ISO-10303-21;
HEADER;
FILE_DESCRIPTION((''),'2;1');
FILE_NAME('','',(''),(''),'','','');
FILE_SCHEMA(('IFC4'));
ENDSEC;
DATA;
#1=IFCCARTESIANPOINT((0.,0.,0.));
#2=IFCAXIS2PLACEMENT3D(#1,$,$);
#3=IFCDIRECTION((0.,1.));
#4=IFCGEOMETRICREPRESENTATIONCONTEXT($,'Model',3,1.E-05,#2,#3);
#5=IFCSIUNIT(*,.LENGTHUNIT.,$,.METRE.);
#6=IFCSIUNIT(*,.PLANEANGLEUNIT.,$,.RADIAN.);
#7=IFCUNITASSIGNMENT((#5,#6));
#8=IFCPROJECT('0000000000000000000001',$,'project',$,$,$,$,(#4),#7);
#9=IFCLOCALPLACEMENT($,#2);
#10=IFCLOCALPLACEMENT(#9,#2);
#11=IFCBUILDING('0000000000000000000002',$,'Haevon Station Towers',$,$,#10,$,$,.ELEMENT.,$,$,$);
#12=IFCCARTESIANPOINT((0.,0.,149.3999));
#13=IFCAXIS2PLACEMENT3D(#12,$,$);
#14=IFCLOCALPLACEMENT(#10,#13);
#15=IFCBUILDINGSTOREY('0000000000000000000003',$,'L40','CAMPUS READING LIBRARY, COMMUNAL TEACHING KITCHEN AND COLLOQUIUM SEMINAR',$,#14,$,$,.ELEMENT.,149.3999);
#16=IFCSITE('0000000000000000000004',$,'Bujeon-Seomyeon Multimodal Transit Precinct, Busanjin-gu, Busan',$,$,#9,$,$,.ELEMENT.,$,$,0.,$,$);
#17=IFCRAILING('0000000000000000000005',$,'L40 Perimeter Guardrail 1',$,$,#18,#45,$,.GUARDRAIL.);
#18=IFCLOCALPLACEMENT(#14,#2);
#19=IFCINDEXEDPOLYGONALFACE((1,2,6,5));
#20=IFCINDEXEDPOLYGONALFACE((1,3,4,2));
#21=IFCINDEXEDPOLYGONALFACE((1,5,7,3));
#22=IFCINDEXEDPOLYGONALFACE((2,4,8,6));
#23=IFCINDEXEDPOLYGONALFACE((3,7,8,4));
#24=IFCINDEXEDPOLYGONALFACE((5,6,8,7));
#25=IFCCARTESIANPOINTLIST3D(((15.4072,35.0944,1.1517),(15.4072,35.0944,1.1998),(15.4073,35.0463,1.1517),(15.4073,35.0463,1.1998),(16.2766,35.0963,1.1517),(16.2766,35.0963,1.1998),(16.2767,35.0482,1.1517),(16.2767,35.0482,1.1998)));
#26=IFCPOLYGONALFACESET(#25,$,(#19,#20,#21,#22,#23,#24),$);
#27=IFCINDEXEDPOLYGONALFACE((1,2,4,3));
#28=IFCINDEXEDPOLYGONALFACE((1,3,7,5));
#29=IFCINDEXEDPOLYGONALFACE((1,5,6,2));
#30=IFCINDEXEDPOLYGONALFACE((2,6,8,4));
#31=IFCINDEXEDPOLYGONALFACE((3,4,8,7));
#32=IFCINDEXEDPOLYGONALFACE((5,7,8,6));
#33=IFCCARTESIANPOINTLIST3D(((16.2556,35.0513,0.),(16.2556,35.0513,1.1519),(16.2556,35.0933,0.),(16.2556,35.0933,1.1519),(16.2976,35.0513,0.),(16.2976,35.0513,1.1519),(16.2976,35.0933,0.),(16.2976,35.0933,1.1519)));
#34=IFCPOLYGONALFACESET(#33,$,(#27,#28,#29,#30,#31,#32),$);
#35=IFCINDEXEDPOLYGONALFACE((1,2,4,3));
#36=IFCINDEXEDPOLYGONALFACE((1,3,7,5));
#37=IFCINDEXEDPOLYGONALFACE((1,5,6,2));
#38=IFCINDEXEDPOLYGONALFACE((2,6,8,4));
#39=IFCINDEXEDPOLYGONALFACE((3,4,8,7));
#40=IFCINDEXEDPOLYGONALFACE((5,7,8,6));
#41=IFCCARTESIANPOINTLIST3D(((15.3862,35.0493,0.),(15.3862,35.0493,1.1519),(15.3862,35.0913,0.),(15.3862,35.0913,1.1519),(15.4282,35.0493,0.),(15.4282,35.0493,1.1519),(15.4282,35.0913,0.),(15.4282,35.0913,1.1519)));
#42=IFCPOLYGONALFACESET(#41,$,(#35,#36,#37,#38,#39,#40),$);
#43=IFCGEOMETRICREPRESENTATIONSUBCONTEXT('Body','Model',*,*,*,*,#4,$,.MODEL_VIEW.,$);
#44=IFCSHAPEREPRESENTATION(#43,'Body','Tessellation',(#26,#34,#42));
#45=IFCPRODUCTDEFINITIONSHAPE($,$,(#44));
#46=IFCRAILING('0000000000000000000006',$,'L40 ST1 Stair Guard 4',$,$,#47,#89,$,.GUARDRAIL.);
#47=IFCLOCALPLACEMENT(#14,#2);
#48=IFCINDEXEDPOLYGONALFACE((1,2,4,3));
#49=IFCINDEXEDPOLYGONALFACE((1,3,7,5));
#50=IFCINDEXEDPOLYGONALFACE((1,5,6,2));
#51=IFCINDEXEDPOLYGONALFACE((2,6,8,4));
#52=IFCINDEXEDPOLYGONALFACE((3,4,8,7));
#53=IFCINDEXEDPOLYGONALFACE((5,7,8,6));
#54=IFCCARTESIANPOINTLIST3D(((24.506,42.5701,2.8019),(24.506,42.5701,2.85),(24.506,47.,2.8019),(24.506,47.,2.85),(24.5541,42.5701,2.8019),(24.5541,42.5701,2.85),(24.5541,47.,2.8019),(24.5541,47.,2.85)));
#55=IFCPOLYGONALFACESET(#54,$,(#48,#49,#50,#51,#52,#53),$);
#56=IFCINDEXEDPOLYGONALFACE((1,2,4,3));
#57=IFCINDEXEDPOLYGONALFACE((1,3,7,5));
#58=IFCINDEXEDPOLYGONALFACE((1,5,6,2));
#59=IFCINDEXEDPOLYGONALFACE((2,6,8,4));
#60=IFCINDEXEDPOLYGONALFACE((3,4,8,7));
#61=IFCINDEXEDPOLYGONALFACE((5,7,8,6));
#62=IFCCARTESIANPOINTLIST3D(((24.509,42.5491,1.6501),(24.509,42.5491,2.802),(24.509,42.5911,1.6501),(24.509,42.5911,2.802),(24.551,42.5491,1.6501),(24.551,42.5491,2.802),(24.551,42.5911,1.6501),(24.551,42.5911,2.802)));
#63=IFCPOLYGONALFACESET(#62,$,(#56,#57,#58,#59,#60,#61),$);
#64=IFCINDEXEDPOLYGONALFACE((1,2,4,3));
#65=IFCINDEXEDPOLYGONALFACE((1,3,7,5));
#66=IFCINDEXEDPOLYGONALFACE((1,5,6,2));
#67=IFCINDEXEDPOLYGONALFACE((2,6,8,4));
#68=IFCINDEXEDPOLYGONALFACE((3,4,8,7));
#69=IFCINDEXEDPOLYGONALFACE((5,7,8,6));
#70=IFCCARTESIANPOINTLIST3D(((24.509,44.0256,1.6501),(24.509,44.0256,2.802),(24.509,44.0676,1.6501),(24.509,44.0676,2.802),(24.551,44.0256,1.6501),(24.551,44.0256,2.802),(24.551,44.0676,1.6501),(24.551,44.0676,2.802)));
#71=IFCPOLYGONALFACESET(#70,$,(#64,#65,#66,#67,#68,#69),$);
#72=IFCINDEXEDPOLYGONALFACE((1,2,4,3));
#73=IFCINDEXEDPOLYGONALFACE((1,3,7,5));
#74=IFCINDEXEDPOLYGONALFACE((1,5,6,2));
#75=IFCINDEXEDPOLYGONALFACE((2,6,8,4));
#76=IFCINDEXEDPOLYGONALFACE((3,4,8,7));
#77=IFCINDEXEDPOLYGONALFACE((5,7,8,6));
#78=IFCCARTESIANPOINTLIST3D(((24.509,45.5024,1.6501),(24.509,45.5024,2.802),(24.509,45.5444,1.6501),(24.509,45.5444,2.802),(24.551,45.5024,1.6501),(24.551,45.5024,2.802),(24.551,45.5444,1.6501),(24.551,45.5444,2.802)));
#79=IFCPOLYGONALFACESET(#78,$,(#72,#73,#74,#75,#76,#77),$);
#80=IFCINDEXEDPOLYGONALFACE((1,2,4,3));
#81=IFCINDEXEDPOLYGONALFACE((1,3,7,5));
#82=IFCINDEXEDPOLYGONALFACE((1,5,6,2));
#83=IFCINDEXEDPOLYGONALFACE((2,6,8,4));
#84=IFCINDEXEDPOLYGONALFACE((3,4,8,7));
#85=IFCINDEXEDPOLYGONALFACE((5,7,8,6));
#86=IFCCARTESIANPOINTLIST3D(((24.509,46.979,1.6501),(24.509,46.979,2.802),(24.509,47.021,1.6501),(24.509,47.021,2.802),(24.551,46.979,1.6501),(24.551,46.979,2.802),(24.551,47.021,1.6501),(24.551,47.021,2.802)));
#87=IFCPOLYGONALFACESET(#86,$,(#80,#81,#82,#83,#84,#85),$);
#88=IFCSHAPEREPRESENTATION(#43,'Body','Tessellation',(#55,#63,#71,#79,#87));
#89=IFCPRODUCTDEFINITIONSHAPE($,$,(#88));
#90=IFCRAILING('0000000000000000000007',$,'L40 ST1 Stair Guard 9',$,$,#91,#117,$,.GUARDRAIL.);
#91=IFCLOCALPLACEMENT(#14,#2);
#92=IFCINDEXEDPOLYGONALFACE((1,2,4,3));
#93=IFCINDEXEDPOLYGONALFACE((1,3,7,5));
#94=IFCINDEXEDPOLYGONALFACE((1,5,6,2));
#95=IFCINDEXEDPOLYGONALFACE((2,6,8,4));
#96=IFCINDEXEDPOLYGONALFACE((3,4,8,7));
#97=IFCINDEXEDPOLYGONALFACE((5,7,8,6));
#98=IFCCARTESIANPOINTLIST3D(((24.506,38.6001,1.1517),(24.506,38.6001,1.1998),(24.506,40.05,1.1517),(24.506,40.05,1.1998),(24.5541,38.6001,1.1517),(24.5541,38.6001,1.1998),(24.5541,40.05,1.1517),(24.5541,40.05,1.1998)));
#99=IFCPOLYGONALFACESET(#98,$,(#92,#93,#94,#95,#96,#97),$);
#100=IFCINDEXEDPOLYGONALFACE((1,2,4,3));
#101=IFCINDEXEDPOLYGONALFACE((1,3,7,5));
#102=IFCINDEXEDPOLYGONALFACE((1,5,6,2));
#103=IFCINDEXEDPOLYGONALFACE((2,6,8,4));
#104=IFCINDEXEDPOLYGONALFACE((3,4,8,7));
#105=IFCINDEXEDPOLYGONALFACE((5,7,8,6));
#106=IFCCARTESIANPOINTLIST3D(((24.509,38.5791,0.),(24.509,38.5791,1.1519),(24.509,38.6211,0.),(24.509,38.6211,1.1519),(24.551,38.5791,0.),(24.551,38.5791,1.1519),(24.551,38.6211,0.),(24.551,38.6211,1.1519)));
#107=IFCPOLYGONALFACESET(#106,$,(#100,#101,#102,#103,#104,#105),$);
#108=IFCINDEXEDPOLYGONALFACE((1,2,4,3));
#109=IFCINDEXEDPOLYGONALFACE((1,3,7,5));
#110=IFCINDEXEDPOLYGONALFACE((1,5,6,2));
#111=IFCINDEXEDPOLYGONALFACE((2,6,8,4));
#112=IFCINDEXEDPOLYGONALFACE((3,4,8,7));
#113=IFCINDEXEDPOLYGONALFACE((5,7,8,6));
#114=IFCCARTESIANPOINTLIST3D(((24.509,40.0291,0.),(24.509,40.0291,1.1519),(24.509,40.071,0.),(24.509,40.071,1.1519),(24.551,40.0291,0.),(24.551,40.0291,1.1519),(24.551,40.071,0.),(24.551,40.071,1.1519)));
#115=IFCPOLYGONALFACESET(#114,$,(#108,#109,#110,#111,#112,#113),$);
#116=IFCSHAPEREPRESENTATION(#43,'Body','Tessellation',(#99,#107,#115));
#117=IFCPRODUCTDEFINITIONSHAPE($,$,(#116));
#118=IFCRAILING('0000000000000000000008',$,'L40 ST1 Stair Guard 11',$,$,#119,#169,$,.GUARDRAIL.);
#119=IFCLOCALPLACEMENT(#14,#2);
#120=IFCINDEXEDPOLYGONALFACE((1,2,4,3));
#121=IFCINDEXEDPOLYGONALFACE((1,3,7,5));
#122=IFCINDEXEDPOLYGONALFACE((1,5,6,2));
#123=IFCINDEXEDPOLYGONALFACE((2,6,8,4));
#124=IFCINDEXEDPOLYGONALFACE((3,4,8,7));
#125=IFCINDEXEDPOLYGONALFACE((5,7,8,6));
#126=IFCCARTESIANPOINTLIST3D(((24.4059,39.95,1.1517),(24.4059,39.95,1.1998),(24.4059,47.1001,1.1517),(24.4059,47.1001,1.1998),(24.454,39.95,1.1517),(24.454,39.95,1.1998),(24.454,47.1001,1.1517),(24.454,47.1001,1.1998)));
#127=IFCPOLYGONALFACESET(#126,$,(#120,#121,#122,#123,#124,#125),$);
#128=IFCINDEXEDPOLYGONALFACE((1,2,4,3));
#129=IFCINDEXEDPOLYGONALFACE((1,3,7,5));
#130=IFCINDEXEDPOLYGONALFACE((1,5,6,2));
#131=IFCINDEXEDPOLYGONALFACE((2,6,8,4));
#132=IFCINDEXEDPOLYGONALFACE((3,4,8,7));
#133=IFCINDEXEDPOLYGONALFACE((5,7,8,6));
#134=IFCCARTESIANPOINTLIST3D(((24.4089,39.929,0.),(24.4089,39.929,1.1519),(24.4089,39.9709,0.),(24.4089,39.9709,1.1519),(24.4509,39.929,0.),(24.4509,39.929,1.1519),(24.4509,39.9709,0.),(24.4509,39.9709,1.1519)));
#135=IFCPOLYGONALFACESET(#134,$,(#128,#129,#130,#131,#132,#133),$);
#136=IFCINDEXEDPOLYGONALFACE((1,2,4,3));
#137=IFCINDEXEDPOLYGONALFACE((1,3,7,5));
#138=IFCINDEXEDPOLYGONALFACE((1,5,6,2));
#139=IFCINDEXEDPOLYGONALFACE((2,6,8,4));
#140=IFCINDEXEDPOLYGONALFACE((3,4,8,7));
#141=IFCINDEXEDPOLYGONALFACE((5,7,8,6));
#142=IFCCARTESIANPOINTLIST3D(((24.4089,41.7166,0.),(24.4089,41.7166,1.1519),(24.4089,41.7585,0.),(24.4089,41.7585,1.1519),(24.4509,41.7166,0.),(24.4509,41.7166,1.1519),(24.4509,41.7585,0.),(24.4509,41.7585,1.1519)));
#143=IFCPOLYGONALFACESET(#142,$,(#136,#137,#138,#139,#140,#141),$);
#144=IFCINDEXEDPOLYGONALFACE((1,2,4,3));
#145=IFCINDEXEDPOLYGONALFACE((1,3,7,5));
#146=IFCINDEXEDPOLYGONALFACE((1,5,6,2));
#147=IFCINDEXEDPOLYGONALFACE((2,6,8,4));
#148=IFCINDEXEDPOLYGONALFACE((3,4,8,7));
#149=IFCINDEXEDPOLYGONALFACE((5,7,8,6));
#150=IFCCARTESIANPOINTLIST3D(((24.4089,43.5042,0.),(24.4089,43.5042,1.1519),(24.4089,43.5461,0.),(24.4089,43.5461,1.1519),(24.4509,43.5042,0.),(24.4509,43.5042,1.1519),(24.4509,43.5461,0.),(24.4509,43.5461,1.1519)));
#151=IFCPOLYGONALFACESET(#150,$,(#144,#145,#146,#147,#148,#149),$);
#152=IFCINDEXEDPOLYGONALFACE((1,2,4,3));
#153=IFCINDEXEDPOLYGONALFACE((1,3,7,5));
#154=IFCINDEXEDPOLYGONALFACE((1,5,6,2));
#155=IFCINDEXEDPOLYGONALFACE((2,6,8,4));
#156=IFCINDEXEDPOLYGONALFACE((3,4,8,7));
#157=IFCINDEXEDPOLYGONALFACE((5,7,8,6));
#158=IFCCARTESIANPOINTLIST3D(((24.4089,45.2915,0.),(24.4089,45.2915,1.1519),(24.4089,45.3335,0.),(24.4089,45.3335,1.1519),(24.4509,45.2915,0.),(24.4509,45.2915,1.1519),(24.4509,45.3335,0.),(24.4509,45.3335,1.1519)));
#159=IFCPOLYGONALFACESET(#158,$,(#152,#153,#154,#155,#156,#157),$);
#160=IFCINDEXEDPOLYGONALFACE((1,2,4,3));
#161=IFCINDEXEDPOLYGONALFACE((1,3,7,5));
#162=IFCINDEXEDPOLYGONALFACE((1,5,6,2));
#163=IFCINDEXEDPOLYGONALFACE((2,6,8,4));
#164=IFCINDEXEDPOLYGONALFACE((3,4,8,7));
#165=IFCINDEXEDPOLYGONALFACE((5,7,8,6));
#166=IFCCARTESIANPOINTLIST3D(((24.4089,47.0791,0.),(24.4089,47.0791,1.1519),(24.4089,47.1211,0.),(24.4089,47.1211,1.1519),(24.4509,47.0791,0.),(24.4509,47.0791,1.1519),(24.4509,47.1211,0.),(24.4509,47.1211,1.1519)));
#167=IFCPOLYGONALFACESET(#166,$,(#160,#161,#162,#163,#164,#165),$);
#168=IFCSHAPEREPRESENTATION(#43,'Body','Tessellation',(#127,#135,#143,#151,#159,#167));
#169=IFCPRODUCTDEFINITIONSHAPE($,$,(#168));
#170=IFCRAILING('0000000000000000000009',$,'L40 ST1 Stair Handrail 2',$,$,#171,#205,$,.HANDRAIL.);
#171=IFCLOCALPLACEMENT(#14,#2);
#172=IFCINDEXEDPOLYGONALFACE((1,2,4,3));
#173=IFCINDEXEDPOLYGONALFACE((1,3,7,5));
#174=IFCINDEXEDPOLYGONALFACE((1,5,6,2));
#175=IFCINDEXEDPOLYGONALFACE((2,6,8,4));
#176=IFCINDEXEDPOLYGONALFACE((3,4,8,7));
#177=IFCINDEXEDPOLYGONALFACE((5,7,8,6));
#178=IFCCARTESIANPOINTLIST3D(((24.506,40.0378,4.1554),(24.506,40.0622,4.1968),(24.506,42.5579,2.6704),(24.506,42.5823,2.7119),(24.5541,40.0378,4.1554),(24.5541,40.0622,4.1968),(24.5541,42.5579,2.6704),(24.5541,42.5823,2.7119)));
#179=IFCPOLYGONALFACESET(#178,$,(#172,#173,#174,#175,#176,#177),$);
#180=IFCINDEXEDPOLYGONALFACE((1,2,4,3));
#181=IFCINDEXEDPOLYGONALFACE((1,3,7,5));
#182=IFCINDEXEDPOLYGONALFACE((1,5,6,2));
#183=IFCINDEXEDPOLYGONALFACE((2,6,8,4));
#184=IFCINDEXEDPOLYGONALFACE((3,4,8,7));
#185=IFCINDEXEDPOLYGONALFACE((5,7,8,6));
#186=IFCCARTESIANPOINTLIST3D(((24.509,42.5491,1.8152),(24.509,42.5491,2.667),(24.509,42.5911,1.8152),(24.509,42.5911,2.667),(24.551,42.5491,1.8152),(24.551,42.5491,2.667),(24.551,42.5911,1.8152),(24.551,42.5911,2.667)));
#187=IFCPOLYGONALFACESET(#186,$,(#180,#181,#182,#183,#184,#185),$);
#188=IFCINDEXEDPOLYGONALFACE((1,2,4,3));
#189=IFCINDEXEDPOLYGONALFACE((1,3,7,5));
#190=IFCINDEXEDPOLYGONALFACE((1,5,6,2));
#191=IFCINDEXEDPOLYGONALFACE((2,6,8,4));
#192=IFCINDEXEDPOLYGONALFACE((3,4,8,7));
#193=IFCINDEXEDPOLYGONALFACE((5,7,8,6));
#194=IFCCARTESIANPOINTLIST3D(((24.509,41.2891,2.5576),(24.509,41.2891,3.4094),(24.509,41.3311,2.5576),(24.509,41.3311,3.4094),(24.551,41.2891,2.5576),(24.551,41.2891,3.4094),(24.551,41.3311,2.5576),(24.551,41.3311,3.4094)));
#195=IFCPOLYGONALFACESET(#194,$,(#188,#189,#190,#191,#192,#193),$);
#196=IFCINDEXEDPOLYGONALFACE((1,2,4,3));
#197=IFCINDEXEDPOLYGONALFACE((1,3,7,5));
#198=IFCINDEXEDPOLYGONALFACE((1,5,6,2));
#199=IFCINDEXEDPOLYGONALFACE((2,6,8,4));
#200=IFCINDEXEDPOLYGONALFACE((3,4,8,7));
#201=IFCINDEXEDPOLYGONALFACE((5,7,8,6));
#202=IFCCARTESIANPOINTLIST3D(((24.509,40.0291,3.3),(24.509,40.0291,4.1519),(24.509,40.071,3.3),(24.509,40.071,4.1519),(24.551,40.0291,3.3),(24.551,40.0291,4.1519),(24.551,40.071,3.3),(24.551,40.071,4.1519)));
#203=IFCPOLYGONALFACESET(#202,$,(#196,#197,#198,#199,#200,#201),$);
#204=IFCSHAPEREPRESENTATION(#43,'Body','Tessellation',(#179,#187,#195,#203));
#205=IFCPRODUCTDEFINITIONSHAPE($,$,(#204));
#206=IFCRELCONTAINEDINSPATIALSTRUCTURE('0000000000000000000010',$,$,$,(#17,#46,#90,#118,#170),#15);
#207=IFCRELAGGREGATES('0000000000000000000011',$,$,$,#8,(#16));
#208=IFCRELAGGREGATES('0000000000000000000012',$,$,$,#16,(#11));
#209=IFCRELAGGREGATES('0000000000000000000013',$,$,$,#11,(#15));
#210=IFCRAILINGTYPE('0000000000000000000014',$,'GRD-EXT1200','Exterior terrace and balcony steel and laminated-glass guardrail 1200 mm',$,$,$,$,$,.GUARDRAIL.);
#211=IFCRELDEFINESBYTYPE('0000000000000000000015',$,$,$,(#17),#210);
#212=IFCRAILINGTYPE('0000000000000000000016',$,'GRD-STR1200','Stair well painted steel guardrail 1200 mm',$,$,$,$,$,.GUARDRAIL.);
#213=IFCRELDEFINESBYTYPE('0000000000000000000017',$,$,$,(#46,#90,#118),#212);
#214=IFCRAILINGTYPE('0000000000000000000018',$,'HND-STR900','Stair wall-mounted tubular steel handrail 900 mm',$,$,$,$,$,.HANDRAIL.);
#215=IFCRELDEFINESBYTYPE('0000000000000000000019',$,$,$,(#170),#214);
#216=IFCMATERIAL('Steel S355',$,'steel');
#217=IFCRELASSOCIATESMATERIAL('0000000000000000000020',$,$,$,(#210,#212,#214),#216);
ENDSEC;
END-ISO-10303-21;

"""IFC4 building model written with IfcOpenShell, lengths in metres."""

from ifc_helpers import new_model, si_unit, direction, frame, origin, origin_2d, place, context, subcontext, project, spatial, rectangle, extrude, material, type_object, element, save


model = new_model("IFC4")

# Units and contexts
model_context = context("Model", 3, precision=1e-05, world=origin(), true_north=direction((0.0, 1.0)))
body_context = subcontext(model_context, "Body", "Model", "MODEL_VIEW")
ifc_project = project(units=[si_unit("LENGTHUNIT", "METRE"), si_unit("PLANEANGLEUNIT", "RADIAN")], contexts=[model_context])

# Site, building, storey
site_placement = place(None, origin())
site = spatial("IfcSite", under=ifc_project, at=site_placement, Name="Bujeon-Seomyeon Multimodal Transit Precinct, Busanjin-gu, Busan", CompositionType="ELEMENT", RefElevation=0.0)
building_placement = place(site_placement, origin())
building = spatial("IfcBuilding", under=site, at=building_placement, Name="Haevon Station Towers", CompositionType="ELEMENT")
storey_placement = place(building_placement, frame((0.0, 0.0, 149.3999)))
storey = spatial("IfcBuildingStorey", under=building, at=storey_placement, Name="L40", Description="CAMPUS READING LIBRARY, COMMUNAL TEACHING KITCHEN AND COLLOQUIUM SEMINAR", CompositionType="ELEMENT", Elevation=149.3999)

# Shared definitions
ifc_material_1 = material(Name="Steel S355", Category="steel")

# Railings
railing_type_1 = type_object("IfcRailingType", Name="GRD-EXT1200", Description="Exterior terrace and balcony steel and laminated-glass guardrail 1200 mm", PredefinedType="GUARDRAIL", material=ifc_material_1)
railing_1_placement = place(storey_placement, frame((16.2766, 35.0723, 0.0)))
element("IfcRailing", 1, at=railing_1_placement, inside=storey, type_object=railing_type_1, Name="L40 Perimeter Guardrail 1", PredefinedType="GUARDRAIL", context=body_context, shape_type="SweptSolid", body=[
    extrude(rectangle(XDim=0.0481, YDim=0.0481, at=origin_2d()), frame((0.0, 0.0, 1.1758), z_axis=(-0.999997, -0.002247, 0.0), x_axis=(0.002247, -0.999997, 0.0)), (0.0, 0.0, 1.0), 0.8694),
    extrude(rectangle(XDim=0.042, YDim=0.042, at=origin_2d()), origin(), (0.0, 0.0, 1.0), 1.1519),
    extrude(rectangle(XDim=0.042, YDim=0.042, at=origin_2d()), frame((-0.8694, -0.002, 0.0)), (0.0, 0.0, 1.0), 1.1519),
])
railing_type_2 = type_object("IfcRailingType", Name="GRD-STR1200", Description="Stair well painted steel guardrail 1200 mm", PredefinedType="GUARDRAIL", material=ifc_material_1)
railing_2_placement = place(storey_placement, frame((24.53, 42.5701, 1.6501)))
element("IfcRailing", 2, at=railing_2_placement, inside=storey, type_object=railing_type_2, Name="L40 ST1 Stair Guard 4", PredefinedType="GUARDRAIL", context=body_context, shape_type="SweptSolid", body=[
    extrude(rectangle(XDim=0.0481, YDim=0.0481, at=origin_2d()), frame((0.0, 0.0, 1.1758), z_axis=(0.0, 1.0, 0.0), x_axis=(-1.0, 0.0, 0.0)), (0.0, 0.0, 1.0), 4.4299),
    extrude(rectangle(XDim=0.042, YDim=0.042, at=origin_2d()), origin(), (0.0, 0.0, 1.0), 1.1519),
    extrude(rectangle(XDim=0.042, YDim=0.042, at=origin_2d()), frame((0.0, 1.4766, 0.0)), (0.0, 0.0, 1.0), 1.1519),
    extrude(rectangle(XDim=0.042, YDim=0.042, at=origin_2d()), frame((0.0, 2.9534, 0.0)), (0.0, 0.0, 1.0), 1.1519),
    extrude(rectangle(XDim=0.042, YDim=0.042, at=origin_2d()), frame((0.0, 4.4299, 0.0)), (0.0, 0.0, 1.0), 1.1519),
])
railing_3_placement = place(storey_placement, frame((24.53, 38.6001, 0.0)))
element("IfcRailing", 3, at=railing_3_placement, inside=storey, type_object=railing_type_2, Name="L40 ST1 Stair Guard 9", PredefinedType="GUARDRAIL", context=body_context, shape_type="SweptSolid", body=[
    extrude(rectangle(XDim=0.0481, YDim=0.0481, at=origin_2d()), frame((0.0, 0.0, 1.1758), z_axis=(0.0, 1.0, 0.0), x_axis=(-1.0, 0.0, 0.0)), (0.0, 0.0, 1.0), 1.45),
    extrude(rectangle(XDim=0.042, YDim=0.042, at=origin_2d()), origin(), (0.0, 0.0, 1.0), 1.1519),
    extrude(rectangle(XDim=0.042, YDim=0.042, at=origin_2d()), frame((0.0, 1.45, 0.0)), (0.0, 0.0, 1.0), 1.1519),
])
railing_4_placement = place(storey_placement, frame((24.4299, 39.95, 0.0)))
element("IfcRailing", 4, at=railing_4_placement, inside=storey, type_object=railing_type_2, Name="L40 ST1 Stair Guard 11", PredefinedType="GUARDRAIL", context=body_context, shape_type="SweptSolid", body=[
    extrude(rectangle(XDim=0.0481, YDim=0.0481, at=origin_2d()), frame((0.0, 0.0, 1.1758), z_axis=(0.0, 1.0, 0.0), x_axis=(-1.0, 0.0, 0.0)), (0.0, 0.0, 1.0), 7.1501),
    extrude(rectangle(XDim=0.042, YDim=0.042, at=origin_2d()), origin(), (0.0, 0.0, 1.0), 1.1519),
    extrude(rectangle(XDim=0.042, YDim=0.042, at=origin_2d()), frame((0.0, 1.7876, 0.0)), (0.0, 0.0, 1.0), 1.1519),
    extrude(rectangle(XDim=0.042, YDim=0.042, at=origin_2d()), frame((0.0, 3.5752, 0.0)), (0.0, 0.0, 1.0), 1.1519),
    extrude(rectangle(XDim=0.042, YDim=0.042, at=origin_2d()), frame((0.0, 5.3625, 0.0)), (0.0, 0.0, 1.0), 1.1519),
    extrude(rectangle(XDim=0.042, YDim=0.042, at=origin_2d()), frame((0.0, 7.1501, 0.0)), (0.0, 0.0, 1.0), 1.1519),
])
railing_type_3 = type_object("IfcRailingType", Name="HND-STR900", Description="Stair wall-mounted tubular steel handrail 900 mm", PredefinedType="HANDRAIL", material=ifc_material_1)
railing_5_placement = place(storey_placement, frame((24.53, 42.5701, 1.8152)))
element("IfcRailing", 5, at=railing_5_placement, inside=storey, type_object=railing_type_3, Name="L40 ST1 Stair Handrail 2", PredefinedType="HANDRAIL", context=body_context, shape_type="SweptSolid", body=[
    extrude(rectangle(XDim=0.0481, YDim=0.0481, at=origin_2d()), frame((0.0, 0.0, 0.876), z_axis=(0.0, -0.861561, 0.507655), x_axis=(1.0, 0.0, 0.0)), (0.0, 0.0, 1.0), 2.925),
    extrude(rectangle(XDim=0.042, YDim=0.042, at=origin_2d()), origin(), (0.0, 0.0, 1.0), 0.8518),
    extrude(rectangle(XDim=0.042, YDim=0.042, at=origin_2d()), frame((0.0, -1.26, 0.7424)), (0.0, 0.0, 1.0), 0.8518),
    extrude(rectangle(XDim=0.042, YDim=0.042, at=origin_2d()), frame((0.0, -2.52, 1.4849)), (0.0, 0.0, 1.0), 0.8518),
])

save(model, "model.ifc")
